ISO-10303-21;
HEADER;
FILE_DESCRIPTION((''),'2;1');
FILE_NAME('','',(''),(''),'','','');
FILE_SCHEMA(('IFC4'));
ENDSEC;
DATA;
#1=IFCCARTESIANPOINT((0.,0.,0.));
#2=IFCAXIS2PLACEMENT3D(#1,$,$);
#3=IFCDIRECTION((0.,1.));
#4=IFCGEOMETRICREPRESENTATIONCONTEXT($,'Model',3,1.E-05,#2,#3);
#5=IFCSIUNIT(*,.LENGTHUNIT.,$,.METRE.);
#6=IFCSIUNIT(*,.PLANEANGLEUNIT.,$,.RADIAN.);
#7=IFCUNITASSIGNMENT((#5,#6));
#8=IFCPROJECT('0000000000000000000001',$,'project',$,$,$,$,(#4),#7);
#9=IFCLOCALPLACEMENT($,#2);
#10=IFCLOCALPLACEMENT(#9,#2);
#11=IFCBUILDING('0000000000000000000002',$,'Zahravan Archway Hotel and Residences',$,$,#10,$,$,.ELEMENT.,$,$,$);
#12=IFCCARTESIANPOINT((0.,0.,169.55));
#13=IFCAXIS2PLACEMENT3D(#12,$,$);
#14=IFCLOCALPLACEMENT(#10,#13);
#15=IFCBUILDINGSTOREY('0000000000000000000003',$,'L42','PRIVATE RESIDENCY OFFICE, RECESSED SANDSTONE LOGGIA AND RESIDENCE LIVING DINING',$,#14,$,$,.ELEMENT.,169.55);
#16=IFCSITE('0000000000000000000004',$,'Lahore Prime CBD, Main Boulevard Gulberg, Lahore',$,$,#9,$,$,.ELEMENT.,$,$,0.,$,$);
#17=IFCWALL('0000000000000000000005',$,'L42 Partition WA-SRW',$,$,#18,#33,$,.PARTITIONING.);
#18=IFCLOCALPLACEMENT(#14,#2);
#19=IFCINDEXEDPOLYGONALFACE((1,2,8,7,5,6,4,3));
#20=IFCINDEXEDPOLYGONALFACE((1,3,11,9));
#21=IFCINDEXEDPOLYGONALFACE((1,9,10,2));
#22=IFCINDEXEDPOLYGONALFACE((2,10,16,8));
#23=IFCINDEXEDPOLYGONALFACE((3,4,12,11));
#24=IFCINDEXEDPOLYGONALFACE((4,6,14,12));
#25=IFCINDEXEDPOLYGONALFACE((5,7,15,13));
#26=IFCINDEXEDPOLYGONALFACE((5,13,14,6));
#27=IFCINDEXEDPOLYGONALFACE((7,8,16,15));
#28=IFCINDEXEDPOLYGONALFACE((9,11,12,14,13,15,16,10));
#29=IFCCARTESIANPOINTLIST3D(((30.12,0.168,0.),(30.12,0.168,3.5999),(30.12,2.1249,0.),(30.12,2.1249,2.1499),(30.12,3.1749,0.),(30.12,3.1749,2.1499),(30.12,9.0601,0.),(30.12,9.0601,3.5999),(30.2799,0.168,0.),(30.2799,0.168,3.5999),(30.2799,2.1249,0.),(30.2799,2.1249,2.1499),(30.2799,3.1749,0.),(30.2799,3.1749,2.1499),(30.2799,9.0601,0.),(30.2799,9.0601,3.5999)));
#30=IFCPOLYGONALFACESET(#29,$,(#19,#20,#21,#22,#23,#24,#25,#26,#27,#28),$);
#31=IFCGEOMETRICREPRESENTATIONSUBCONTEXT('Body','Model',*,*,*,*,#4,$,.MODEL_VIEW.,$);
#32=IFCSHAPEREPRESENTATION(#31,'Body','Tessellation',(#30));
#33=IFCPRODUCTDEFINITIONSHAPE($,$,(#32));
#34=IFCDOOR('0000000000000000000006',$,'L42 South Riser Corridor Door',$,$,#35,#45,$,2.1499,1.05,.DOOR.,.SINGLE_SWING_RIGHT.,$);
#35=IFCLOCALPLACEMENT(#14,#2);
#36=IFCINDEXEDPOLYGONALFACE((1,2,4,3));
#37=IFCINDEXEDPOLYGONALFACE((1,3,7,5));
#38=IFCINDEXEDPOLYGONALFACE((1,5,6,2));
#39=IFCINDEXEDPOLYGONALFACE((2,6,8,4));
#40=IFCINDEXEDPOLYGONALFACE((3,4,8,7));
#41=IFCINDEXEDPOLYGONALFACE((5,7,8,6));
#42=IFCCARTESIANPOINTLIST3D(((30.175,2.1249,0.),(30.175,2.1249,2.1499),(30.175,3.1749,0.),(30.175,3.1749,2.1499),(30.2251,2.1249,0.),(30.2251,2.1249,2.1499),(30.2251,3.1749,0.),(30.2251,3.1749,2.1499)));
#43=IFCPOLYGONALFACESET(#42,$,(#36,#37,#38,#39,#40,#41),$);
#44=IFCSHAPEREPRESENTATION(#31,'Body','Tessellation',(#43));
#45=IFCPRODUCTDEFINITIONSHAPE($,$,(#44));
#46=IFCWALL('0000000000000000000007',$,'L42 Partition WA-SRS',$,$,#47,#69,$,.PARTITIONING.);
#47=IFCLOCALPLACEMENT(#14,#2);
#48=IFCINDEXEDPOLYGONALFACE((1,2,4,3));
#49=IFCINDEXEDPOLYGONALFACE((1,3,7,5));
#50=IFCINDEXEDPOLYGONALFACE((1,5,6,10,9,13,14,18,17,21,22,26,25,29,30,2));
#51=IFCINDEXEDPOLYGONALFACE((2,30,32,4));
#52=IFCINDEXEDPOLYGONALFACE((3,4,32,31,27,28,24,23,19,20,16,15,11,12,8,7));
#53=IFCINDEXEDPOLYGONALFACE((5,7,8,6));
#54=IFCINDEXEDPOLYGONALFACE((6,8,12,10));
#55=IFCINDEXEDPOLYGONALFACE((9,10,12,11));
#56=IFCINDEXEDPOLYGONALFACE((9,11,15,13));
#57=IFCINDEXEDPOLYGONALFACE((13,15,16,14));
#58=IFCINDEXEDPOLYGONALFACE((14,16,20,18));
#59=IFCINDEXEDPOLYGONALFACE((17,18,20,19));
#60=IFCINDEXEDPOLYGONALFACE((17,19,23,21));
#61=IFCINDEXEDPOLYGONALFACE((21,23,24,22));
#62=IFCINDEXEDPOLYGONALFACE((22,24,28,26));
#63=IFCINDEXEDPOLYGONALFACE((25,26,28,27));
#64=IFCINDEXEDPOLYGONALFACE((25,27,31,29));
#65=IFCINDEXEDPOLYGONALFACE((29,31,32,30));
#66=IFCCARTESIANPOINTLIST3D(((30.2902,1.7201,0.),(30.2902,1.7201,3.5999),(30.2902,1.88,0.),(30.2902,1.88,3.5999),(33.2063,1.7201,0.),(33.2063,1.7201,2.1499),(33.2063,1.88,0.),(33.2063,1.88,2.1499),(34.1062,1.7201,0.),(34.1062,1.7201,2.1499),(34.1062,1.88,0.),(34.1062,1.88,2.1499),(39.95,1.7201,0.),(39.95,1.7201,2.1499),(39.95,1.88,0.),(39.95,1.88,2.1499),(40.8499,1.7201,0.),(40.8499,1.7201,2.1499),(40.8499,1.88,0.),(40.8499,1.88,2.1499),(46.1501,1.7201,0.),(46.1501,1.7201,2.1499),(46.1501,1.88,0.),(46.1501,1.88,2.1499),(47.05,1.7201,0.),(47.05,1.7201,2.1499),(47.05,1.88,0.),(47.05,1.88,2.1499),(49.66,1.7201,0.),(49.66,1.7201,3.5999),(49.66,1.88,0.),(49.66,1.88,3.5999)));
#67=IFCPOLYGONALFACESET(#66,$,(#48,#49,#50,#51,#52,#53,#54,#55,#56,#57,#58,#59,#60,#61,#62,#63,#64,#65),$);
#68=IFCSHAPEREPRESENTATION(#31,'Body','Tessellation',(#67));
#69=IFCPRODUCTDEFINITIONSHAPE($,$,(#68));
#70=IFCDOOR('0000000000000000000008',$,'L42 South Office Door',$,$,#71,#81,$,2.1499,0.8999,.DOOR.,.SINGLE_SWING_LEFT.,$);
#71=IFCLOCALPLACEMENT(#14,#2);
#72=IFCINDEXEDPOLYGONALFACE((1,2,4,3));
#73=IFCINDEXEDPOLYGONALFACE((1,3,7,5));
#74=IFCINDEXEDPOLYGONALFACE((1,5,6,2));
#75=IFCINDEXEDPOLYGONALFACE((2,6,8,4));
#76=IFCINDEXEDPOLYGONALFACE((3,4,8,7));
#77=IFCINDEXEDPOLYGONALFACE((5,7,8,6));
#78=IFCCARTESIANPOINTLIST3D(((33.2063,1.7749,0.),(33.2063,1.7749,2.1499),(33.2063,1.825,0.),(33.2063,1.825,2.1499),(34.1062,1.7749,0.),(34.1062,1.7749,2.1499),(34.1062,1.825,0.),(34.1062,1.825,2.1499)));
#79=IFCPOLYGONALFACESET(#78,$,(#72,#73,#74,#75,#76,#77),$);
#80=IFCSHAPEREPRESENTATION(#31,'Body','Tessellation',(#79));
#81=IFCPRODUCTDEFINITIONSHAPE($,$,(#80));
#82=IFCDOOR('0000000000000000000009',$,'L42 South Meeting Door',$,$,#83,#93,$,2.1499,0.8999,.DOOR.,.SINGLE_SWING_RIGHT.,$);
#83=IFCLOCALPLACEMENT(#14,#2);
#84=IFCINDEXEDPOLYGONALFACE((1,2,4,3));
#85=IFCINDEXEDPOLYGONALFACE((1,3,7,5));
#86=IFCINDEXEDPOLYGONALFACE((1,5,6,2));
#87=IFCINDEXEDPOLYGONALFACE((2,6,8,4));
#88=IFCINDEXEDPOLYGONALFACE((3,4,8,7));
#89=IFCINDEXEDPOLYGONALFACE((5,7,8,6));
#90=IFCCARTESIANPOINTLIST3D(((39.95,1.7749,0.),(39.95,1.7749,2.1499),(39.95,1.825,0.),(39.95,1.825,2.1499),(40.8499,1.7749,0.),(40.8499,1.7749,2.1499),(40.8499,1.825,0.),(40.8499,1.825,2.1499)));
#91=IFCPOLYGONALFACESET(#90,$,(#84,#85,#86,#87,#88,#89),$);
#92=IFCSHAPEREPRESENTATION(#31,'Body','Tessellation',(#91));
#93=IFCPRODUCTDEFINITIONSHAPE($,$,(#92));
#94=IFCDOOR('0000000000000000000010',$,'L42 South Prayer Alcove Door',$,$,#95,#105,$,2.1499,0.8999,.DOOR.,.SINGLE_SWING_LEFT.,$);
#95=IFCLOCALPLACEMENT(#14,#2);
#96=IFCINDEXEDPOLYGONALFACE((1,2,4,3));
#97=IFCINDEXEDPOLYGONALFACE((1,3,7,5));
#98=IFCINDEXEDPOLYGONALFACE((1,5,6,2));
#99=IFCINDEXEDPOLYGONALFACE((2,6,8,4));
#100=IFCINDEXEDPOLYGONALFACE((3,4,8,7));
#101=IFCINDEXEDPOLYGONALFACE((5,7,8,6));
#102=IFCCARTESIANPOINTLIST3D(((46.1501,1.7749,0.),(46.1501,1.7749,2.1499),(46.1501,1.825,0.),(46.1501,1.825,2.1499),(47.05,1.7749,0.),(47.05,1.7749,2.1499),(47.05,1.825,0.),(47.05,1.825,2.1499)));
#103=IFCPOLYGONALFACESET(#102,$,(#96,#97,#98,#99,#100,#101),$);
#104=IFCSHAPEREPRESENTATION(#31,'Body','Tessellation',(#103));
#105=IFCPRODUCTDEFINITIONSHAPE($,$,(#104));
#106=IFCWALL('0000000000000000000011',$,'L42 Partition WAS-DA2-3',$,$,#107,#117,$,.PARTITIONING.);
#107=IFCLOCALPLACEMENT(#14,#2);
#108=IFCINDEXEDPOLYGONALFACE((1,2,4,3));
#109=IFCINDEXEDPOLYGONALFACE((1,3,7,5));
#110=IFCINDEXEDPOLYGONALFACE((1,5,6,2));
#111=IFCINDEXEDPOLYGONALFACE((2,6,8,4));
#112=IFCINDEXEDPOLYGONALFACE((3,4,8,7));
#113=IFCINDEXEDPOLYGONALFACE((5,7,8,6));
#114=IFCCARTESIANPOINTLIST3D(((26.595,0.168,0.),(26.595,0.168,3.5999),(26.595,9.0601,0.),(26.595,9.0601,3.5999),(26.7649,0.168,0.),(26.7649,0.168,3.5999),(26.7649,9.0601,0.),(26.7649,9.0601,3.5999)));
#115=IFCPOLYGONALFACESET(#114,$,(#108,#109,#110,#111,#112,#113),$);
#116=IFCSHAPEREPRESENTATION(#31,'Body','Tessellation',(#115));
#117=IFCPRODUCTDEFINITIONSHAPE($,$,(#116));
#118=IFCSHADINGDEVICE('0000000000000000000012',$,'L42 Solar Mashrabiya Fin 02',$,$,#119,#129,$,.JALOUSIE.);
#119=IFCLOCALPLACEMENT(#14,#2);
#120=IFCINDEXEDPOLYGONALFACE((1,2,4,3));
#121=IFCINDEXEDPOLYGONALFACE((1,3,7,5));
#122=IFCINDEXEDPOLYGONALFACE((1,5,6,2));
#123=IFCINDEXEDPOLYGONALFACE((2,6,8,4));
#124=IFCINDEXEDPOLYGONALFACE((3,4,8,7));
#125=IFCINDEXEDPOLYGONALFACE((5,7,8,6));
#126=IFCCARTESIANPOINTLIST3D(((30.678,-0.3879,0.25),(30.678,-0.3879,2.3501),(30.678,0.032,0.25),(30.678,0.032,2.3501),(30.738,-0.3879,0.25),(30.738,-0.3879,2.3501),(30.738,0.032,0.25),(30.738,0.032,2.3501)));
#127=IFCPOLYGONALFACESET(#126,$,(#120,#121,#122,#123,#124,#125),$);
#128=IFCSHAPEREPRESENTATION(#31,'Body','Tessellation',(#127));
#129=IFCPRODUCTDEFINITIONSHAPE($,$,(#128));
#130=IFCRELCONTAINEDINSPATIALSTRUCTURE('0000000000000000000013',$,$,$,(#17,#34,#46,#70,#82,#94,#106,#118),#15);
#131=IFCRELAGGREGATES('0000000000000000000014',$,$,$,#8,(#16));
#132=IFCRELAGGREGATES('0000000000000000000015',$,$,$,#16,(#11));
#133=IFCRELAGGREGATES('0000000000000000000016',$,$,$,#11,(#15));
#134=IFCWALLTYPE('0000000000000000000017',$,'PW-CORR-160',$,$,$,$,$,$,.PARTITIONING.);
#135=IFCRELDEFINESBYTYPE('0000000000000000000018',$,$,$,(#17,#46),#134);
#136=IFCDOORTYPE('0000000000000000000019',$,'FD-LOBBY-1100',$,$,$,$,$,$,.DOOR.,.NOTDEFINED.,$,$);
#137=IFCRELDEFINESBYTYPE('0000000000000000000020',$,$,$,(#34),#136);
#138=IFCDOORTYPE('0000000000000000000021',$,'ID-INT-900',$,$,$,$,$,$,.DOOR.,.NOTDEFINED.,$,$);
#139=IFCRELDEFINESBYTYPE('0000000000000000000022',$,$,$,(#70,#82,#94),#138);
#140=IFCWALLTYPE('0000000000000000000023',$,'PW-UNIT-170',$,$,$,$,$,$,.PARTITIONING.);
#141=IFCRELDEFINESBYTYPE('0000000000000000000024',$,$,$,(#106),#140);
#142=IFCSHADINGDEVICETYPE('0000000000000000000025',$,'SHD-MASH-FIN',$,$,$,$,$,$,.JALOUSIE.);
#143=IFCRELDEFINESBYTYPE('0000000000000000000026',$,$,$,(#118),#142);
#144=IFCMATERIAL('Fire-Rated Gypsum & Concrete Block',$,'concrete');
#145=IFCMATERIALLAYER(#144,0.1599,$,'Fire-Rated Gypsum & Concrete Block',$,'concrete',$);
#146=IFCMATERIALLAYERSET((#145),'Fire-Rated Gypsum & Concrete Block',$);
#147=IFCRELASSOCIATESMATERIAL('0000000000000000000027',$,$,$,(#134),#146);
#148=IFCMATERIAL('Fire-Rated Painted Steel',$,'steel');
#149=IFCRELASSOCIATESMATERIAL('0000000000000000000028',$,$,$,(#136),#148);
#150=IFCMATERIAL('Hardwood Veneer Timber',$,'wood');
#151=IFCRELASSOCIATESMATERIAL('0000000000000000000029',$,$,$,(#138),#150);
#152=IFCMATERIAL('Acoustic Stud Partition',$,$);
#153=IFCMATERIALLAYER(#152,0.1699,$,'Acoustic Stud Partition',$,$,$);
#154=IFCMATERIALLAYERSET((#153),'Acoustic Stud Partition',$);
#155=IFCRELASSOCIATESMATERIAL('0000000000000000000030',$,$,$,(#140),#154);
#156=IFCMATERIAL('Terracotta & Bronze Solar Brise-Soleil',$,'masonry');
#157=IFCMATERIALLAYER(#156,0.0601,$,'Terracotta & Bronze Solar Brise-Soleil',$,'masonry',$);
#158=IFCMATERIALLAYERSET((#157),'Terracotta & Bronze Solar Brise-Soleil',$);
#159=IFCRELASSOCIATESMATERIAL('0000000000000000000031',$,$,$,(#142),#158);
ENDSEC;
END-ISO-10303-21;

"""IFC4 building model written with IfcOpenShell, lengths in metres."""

from ifc_helpers import new_model, si_unit, direction, frame, frame_2d, origin, origin_2d, place, context, subcontext, project, spatial, rectangle, extrude, source, transform, mapped, material, layer, layer_set, type_object, type_shapes, element, fill, save


model = new_model("IFC4")

# Units and contexts
model_context = context("Model", 3, precision=1e-05, world=origin(), true_north=direction((0.0, 1.0)))
body_context = subcontext(model_context, "Body", "Model", "MODEL_VIEW")
ifc_project = project(units=[si_unit("LENGTHUNIT", "METRE"), si_unit("PLANEANGLEUNIT", "RADIAN")], contexts=[model_context])

# Site, building, storey
site_placement = place(None, origin())
site = spatial("IfcSite", under=ifc_project, at=site_placement, Name="Lahore Prime CBD, Main Boulevard Gulberg, Lahore", CompositionType="ELEMENT", RefElevation=0.0)
building_placement = place(site_placement, origin())
building = spatial("IfcBuilding", under=site, at=building_placement, Name="Zahravan Archway Hotel and Residences", CompositionType="ELEMENT")
storey_placement = place(building_placement, frame((0.0, 0.0, 169.55)))
storey = spatial("IfcBuildingStorey", under=building, at=storey_placement, Name="L42", Description="PRIVATE RESIDENCY OFFICE, RECESSED SANDSTONE LOGGIA AND RESIDENCE LIVING DINING", CompositionType="ELEMENT", Elevation=169.55)

# Shared definitions
ifc_material_1 = material(Name="Fire-Rated Painted Steel", Category="steel")

# Wall, opening, door
ifc_material_2 = material(Name="Fire-Rated Gypsum & Concrete Block", Category="concrete")
ifc_layer_1 = layer(ifc_material_2, 0.1599, Name="Fire-Rated Gypsum & Concrete Block", Category="concrete")
ifc_layer_set_1 = layer_set([ifc_layer_1], Name="Fire-Rated Gypsum & Concrete Block")
wall_type_1 = type_object("IfcWallType", Name="PW-CORR-160", PredefinedType="PARTITIONING", material=ifc_layer_set_1)
wall_1_placement = place(storey_placement, frame((30.2, 0.168, 0.0), z_axis=(0.0, 0.0, 1.0), x_axis=(0.0, 1.0, 0.0)))
wall_1 = element("IfcWall", 1, at=wall_1_placement, inside=storey, type_object=wall_type_1, Name="L42 Partition WA-SRW", PredefinedType="PARTITIONING", context=body_context, shape_type="SweptSolid", body=[
    extrude(rectangle(XDim=8.8921, YDim=0.1599, at=frame_2d((4.446, 0.0))), origin(), (0.0, 0.0, 1.0), 3.5999),
])
opening_1_placement = place(wall_1_placement, frame((1.957, 0.0, 0.0)))
opening_1 = element("IfcOpeningElement", 2, at=opening_1_placement, cuts=wall_1, PredefinedType="OPENING", context=body_context, shape_type="SweptSolid", body=[
    extrude(rectangle(XDim=1.05, YDim=2.1499, at=frame_2d((0.5249, 1.075))), frame((0.0, 0.0898, 0.0), z_axis=(0.0, -1.0, 0.0), x_axis=(1.0, 0.0, 0.0)), (0.0, 0.0, 1.0), 0.1799),
])
door_type_1 = type_object("IfcDoorType", Name="FD-LOBBY-1100", OperationType="NOTDEFINED", PredefinedType="DOOR", material=ifc_material_1)
shared_shape_1 = source(origin(), body_context, "Body", "SweptSolid", [
    extrude(rectangle(XDim=1.05, YDim=2.1499, at=frame_2d((0.5249, 1.075))), frame((0.0, 0.0249, 0.0), z_axis=(0.0, -1.0, 0.0), x_axis=(1.0, 0.0, 0.0)), (0.0, 0.0, 1.0), 0.05),
])
type_shapes(door_type_1, [shared_shape_1])
door_1_placement = place(opening_1_placement, origin())
door_1 = element("IfcDoor", 3, at=door_1_placement, inside=storey, type_object=door_type_1, Name="L42 South Riser Corridor Door", OperationType="SINGLE_SWING_RIGHT", OverallHeight=2.1499, OverallWidth=1.05, PredefinedType="DOOR", context=body_context, shape_type="MappedRepresentation", body=[
    mapped(shared_shape_1, transform((0.0, 0.0, 0.0), scale=1.0)),
])
fill(opening_1, door_1)

# Wall, openings, doors
wall_2_placement = place(storey_placement, frame((30.29, 1.8, 0.0), z_axis=(0.0, 0.0, 1.0), x_axis=(1.0, 0.0, 0.0)))
wall_2 = element("IfcWall", 4, at=wall_2_placement, inside=storey, type_object=wall_type_1, Name="L42 Partition WA-SRS", PredefinedType="PARTITIONING", context=body_context, shape_type="SweptSolid", body=[
    extrude(rectangle(XDim=19.3699, YDim=0.1599, at=frame_2d((9.6851, 0.0))), origin(), (0.0, 0.0, 1.0), 3.5999),
])
opening_2_placement = place(wall_2_placement, frame((2.9163, 0.0, 0.0)))
opening_2 = element("IfcOpeningElement", 5, at=opening_2_placement, cuts=wall_2, PredefinedType="OPENING", context=body_context, shape_type="SweptSolid", body=[
    extrude(rectangle(XDim=0.8999, YDim=2.1499, at=frame_2d((0.45, 1.075))), frame((0.0, 0.0898, 0.0), z_axis=(0.0, -1.0, 0.0), x_axis=(1.0, 0.0, 0.0)), (0.0, 0.0, 1.0), 0.1799),
])
opening_3_placement = place(wall_2_placement, frame((9.6599, 0.0, 0.0)))
opening_3 = element("IfcOpeningElement", 6, at=opening_3_placement, cuts=wall_2, PredefinedType="OPENING", context=body_context, shape_type="SweptSolid", body=[
    extrude(rectangle(XDim=0.8999, YDim=2.1499, at=frame_2d((0.45, 1.075))), frame((0.0, 0.0898, 0.0), z_axis=(0.0, -1.0, 0.0), x_axis=(1.0, 0.0, 0.0)), (0.0, 0.0, 1.0), 0.1799),
])
opening_4_placement = place(wall_2_placement, frame((15.8601, 0.0, 0.0)))
opening_4 = element("IfcOpeningElement", 7, at=opening_4_placement, cuts=wall_2, PredefinedType="OPENING", context=body_context, shape_type="SweptSolid", body=[
    extrude(rectangle(XDim=0.8999, YDim=2.1499, at=frame_2d((0.45, 1.075))), frame((0.0, 0.0898, 0.0), z_axis=(0.0, -1.0, 0.0), x_axis=(1.0, 0.0, 0.0)), (0.0, 0.0, 1.0), 0.1799),
])
ifc_material_3 = material(Name="Hardwood Veneer Timber", Category="wood")
door_type_2 = type_object("IfcDoorType", Name="ID-INT-900", OperationType="NOTDEFINED", PredefinedType="DOOR", material=ifc_material_3)
shared_shape_2 = source(origin(), body_context, "Body", "SweptSolid", [
    extrude(rectangle(XDim=0.8999, YDim=2.1499, at=frame_2d((0.45, 1.075))), frame((0.0, 0.0249, 0.0), z_axis=(0.0, -1.0, 0.0), x_axis=(1.0, 0.0, 0.0)), (0.0, 0.0, 1.0), 0.05),
])
type_shapes(door_type_2, [shared_shape_2])
door_2_placement = place(opening_2_placement, origin())
door_2 = element("IfcDoor", 8, at=door_2_placement, inside=storey, type_object=door_type_2, Name="L42 South Office Door", OperationType="SINGLE_SWING_LEFT", OverallHeight=2.1499, OverallWidth=0.8999, PredefinedType="DOOR", context=body_context, shape_type="MappedRepresentation", body=[
    mapped(shared_shape_2, transform((0.0, 0.0, 0.0), scale=1.0)),
])
fill(opening_2, door_2)
door_3_placement = place(opening_3_placement, origin())
door_3 = element("IfcDoor", 9, at=door_3_placement, inside=storey, type_object=door_type_2, Name="L42 South Meeting Door", OperationType="SINGLE_SWING_RIGHT", OverallHeight=2.1499, OverallWidth=0.8999, PredefinedType="DOOR", context=body_context, shape_type="MappedRepresentation", body=[
    mapped(shared_shape_2, transform((0.0, 0.0, 0.0), scale=1.0)),
])
fill(opening_3, door_3)
door_4_placement = place(opening_4_placement, origin())
door_4 = element("IfcDoor", 10, at=door_4_placement, inside=storey, type_object=door_type_2, Name="L42 South Prayer Alcove Door", OperationType="SINGLE_SWING_LEFT", OverallHeight=2.1499, OverallWidth=0.8999, PredefinedType="DOOR", context=body_context, shape_type="MappedRepresentation", body=[
    mapped(shared_shape_2, transform((0.0, 0.0, 0.0), scale=1.0)),
])
fill(opening_4, door_4)

# Wall
ifc_material_4 = material(Name="Acoustic Stud Partition")
ifc_layer_2 = layer(ifc_material_4, 0.1699, Name="Acoustic Stud Partition")
ifc_layer_set_2 = layer_set([ifc_layer_2], Name="Acoustic Stud Partition")
wall_type_2 = type_object("IfcWallType", Name="PW-UNIT-170", PredefinedType="PARTITIONING", material=ifc_layer_set_2)
wall_3_placement = place(storey_placement, frame((26.6799, 0.168, 0.0), z_axis=(0.0, 0.0, 1.0), x_axis=(0.0, 1.0, 0.0)))
element("IfcWall", 11, at=wall_3_placement, inside=storey, type_object=wall_type_2, Name="L42 Partition WAS-DA2-3", PredefinedType="PARTITIONING", context=body_context, shape_type="SweptSolid", body=[
    extrude(rectangle(XDim=8.8921, YDim=0.1699, at=frame_2d((4.446, 0.0))), origin(), (0.0, 0.0, 1.0), 3.5999),
])

# Shading device
ifc_material_5 = material(Name="Terracotta & Bronze Solar Brise-Soleil", Category="masonry")
ifc_layer_3 = layer(ifc_material_5, 0.0601, Name="Terracotta & Bronze Solar Brise-Soleil", Category="masonry")
ifc_layer_set_3 = layer_set([ifc_layer_3], Name="Terracotta & Bronze Solar Brise-Soleil")
shading_device_type = type_object("IfcShadingDeviceType", Name="SHD-MASH-FIN", PredefinedType="JALOUSIE", material=ifc_layer_set_3)
shared_shape_3 = source(origin(), body_context, "Body", "SweptSolid", [
    extrude(rectangle(XDim=0.0601, YDim=0.4199, at=origin_2d()), origin(), (0.0, 0.0, 1.0), 2.1001),
])
type_shapes(shading_device_type, [shared_shape_3])
shading_device_placement = place(storey_placement, frame((30.708, -0.178, 0.25), z_axis=(0.0, 0.0, 1.0), x_axis=(1.0, 0.0, 0.0)))
element("IfcShadingDevice", 12, at=shading_device_placement, inside=storey, type_object=shading_device_type, Name="L42 Solar Mashrabiya Fin 02", PredefinedType="JALOUSIE", context=body_context, shape_type="MappedRepresentation", body=[
    mapped(shared_shape_3, transform((0.0, 0.0, 0.0), scale=1.0)),
])

save(model, "model.ifc")
